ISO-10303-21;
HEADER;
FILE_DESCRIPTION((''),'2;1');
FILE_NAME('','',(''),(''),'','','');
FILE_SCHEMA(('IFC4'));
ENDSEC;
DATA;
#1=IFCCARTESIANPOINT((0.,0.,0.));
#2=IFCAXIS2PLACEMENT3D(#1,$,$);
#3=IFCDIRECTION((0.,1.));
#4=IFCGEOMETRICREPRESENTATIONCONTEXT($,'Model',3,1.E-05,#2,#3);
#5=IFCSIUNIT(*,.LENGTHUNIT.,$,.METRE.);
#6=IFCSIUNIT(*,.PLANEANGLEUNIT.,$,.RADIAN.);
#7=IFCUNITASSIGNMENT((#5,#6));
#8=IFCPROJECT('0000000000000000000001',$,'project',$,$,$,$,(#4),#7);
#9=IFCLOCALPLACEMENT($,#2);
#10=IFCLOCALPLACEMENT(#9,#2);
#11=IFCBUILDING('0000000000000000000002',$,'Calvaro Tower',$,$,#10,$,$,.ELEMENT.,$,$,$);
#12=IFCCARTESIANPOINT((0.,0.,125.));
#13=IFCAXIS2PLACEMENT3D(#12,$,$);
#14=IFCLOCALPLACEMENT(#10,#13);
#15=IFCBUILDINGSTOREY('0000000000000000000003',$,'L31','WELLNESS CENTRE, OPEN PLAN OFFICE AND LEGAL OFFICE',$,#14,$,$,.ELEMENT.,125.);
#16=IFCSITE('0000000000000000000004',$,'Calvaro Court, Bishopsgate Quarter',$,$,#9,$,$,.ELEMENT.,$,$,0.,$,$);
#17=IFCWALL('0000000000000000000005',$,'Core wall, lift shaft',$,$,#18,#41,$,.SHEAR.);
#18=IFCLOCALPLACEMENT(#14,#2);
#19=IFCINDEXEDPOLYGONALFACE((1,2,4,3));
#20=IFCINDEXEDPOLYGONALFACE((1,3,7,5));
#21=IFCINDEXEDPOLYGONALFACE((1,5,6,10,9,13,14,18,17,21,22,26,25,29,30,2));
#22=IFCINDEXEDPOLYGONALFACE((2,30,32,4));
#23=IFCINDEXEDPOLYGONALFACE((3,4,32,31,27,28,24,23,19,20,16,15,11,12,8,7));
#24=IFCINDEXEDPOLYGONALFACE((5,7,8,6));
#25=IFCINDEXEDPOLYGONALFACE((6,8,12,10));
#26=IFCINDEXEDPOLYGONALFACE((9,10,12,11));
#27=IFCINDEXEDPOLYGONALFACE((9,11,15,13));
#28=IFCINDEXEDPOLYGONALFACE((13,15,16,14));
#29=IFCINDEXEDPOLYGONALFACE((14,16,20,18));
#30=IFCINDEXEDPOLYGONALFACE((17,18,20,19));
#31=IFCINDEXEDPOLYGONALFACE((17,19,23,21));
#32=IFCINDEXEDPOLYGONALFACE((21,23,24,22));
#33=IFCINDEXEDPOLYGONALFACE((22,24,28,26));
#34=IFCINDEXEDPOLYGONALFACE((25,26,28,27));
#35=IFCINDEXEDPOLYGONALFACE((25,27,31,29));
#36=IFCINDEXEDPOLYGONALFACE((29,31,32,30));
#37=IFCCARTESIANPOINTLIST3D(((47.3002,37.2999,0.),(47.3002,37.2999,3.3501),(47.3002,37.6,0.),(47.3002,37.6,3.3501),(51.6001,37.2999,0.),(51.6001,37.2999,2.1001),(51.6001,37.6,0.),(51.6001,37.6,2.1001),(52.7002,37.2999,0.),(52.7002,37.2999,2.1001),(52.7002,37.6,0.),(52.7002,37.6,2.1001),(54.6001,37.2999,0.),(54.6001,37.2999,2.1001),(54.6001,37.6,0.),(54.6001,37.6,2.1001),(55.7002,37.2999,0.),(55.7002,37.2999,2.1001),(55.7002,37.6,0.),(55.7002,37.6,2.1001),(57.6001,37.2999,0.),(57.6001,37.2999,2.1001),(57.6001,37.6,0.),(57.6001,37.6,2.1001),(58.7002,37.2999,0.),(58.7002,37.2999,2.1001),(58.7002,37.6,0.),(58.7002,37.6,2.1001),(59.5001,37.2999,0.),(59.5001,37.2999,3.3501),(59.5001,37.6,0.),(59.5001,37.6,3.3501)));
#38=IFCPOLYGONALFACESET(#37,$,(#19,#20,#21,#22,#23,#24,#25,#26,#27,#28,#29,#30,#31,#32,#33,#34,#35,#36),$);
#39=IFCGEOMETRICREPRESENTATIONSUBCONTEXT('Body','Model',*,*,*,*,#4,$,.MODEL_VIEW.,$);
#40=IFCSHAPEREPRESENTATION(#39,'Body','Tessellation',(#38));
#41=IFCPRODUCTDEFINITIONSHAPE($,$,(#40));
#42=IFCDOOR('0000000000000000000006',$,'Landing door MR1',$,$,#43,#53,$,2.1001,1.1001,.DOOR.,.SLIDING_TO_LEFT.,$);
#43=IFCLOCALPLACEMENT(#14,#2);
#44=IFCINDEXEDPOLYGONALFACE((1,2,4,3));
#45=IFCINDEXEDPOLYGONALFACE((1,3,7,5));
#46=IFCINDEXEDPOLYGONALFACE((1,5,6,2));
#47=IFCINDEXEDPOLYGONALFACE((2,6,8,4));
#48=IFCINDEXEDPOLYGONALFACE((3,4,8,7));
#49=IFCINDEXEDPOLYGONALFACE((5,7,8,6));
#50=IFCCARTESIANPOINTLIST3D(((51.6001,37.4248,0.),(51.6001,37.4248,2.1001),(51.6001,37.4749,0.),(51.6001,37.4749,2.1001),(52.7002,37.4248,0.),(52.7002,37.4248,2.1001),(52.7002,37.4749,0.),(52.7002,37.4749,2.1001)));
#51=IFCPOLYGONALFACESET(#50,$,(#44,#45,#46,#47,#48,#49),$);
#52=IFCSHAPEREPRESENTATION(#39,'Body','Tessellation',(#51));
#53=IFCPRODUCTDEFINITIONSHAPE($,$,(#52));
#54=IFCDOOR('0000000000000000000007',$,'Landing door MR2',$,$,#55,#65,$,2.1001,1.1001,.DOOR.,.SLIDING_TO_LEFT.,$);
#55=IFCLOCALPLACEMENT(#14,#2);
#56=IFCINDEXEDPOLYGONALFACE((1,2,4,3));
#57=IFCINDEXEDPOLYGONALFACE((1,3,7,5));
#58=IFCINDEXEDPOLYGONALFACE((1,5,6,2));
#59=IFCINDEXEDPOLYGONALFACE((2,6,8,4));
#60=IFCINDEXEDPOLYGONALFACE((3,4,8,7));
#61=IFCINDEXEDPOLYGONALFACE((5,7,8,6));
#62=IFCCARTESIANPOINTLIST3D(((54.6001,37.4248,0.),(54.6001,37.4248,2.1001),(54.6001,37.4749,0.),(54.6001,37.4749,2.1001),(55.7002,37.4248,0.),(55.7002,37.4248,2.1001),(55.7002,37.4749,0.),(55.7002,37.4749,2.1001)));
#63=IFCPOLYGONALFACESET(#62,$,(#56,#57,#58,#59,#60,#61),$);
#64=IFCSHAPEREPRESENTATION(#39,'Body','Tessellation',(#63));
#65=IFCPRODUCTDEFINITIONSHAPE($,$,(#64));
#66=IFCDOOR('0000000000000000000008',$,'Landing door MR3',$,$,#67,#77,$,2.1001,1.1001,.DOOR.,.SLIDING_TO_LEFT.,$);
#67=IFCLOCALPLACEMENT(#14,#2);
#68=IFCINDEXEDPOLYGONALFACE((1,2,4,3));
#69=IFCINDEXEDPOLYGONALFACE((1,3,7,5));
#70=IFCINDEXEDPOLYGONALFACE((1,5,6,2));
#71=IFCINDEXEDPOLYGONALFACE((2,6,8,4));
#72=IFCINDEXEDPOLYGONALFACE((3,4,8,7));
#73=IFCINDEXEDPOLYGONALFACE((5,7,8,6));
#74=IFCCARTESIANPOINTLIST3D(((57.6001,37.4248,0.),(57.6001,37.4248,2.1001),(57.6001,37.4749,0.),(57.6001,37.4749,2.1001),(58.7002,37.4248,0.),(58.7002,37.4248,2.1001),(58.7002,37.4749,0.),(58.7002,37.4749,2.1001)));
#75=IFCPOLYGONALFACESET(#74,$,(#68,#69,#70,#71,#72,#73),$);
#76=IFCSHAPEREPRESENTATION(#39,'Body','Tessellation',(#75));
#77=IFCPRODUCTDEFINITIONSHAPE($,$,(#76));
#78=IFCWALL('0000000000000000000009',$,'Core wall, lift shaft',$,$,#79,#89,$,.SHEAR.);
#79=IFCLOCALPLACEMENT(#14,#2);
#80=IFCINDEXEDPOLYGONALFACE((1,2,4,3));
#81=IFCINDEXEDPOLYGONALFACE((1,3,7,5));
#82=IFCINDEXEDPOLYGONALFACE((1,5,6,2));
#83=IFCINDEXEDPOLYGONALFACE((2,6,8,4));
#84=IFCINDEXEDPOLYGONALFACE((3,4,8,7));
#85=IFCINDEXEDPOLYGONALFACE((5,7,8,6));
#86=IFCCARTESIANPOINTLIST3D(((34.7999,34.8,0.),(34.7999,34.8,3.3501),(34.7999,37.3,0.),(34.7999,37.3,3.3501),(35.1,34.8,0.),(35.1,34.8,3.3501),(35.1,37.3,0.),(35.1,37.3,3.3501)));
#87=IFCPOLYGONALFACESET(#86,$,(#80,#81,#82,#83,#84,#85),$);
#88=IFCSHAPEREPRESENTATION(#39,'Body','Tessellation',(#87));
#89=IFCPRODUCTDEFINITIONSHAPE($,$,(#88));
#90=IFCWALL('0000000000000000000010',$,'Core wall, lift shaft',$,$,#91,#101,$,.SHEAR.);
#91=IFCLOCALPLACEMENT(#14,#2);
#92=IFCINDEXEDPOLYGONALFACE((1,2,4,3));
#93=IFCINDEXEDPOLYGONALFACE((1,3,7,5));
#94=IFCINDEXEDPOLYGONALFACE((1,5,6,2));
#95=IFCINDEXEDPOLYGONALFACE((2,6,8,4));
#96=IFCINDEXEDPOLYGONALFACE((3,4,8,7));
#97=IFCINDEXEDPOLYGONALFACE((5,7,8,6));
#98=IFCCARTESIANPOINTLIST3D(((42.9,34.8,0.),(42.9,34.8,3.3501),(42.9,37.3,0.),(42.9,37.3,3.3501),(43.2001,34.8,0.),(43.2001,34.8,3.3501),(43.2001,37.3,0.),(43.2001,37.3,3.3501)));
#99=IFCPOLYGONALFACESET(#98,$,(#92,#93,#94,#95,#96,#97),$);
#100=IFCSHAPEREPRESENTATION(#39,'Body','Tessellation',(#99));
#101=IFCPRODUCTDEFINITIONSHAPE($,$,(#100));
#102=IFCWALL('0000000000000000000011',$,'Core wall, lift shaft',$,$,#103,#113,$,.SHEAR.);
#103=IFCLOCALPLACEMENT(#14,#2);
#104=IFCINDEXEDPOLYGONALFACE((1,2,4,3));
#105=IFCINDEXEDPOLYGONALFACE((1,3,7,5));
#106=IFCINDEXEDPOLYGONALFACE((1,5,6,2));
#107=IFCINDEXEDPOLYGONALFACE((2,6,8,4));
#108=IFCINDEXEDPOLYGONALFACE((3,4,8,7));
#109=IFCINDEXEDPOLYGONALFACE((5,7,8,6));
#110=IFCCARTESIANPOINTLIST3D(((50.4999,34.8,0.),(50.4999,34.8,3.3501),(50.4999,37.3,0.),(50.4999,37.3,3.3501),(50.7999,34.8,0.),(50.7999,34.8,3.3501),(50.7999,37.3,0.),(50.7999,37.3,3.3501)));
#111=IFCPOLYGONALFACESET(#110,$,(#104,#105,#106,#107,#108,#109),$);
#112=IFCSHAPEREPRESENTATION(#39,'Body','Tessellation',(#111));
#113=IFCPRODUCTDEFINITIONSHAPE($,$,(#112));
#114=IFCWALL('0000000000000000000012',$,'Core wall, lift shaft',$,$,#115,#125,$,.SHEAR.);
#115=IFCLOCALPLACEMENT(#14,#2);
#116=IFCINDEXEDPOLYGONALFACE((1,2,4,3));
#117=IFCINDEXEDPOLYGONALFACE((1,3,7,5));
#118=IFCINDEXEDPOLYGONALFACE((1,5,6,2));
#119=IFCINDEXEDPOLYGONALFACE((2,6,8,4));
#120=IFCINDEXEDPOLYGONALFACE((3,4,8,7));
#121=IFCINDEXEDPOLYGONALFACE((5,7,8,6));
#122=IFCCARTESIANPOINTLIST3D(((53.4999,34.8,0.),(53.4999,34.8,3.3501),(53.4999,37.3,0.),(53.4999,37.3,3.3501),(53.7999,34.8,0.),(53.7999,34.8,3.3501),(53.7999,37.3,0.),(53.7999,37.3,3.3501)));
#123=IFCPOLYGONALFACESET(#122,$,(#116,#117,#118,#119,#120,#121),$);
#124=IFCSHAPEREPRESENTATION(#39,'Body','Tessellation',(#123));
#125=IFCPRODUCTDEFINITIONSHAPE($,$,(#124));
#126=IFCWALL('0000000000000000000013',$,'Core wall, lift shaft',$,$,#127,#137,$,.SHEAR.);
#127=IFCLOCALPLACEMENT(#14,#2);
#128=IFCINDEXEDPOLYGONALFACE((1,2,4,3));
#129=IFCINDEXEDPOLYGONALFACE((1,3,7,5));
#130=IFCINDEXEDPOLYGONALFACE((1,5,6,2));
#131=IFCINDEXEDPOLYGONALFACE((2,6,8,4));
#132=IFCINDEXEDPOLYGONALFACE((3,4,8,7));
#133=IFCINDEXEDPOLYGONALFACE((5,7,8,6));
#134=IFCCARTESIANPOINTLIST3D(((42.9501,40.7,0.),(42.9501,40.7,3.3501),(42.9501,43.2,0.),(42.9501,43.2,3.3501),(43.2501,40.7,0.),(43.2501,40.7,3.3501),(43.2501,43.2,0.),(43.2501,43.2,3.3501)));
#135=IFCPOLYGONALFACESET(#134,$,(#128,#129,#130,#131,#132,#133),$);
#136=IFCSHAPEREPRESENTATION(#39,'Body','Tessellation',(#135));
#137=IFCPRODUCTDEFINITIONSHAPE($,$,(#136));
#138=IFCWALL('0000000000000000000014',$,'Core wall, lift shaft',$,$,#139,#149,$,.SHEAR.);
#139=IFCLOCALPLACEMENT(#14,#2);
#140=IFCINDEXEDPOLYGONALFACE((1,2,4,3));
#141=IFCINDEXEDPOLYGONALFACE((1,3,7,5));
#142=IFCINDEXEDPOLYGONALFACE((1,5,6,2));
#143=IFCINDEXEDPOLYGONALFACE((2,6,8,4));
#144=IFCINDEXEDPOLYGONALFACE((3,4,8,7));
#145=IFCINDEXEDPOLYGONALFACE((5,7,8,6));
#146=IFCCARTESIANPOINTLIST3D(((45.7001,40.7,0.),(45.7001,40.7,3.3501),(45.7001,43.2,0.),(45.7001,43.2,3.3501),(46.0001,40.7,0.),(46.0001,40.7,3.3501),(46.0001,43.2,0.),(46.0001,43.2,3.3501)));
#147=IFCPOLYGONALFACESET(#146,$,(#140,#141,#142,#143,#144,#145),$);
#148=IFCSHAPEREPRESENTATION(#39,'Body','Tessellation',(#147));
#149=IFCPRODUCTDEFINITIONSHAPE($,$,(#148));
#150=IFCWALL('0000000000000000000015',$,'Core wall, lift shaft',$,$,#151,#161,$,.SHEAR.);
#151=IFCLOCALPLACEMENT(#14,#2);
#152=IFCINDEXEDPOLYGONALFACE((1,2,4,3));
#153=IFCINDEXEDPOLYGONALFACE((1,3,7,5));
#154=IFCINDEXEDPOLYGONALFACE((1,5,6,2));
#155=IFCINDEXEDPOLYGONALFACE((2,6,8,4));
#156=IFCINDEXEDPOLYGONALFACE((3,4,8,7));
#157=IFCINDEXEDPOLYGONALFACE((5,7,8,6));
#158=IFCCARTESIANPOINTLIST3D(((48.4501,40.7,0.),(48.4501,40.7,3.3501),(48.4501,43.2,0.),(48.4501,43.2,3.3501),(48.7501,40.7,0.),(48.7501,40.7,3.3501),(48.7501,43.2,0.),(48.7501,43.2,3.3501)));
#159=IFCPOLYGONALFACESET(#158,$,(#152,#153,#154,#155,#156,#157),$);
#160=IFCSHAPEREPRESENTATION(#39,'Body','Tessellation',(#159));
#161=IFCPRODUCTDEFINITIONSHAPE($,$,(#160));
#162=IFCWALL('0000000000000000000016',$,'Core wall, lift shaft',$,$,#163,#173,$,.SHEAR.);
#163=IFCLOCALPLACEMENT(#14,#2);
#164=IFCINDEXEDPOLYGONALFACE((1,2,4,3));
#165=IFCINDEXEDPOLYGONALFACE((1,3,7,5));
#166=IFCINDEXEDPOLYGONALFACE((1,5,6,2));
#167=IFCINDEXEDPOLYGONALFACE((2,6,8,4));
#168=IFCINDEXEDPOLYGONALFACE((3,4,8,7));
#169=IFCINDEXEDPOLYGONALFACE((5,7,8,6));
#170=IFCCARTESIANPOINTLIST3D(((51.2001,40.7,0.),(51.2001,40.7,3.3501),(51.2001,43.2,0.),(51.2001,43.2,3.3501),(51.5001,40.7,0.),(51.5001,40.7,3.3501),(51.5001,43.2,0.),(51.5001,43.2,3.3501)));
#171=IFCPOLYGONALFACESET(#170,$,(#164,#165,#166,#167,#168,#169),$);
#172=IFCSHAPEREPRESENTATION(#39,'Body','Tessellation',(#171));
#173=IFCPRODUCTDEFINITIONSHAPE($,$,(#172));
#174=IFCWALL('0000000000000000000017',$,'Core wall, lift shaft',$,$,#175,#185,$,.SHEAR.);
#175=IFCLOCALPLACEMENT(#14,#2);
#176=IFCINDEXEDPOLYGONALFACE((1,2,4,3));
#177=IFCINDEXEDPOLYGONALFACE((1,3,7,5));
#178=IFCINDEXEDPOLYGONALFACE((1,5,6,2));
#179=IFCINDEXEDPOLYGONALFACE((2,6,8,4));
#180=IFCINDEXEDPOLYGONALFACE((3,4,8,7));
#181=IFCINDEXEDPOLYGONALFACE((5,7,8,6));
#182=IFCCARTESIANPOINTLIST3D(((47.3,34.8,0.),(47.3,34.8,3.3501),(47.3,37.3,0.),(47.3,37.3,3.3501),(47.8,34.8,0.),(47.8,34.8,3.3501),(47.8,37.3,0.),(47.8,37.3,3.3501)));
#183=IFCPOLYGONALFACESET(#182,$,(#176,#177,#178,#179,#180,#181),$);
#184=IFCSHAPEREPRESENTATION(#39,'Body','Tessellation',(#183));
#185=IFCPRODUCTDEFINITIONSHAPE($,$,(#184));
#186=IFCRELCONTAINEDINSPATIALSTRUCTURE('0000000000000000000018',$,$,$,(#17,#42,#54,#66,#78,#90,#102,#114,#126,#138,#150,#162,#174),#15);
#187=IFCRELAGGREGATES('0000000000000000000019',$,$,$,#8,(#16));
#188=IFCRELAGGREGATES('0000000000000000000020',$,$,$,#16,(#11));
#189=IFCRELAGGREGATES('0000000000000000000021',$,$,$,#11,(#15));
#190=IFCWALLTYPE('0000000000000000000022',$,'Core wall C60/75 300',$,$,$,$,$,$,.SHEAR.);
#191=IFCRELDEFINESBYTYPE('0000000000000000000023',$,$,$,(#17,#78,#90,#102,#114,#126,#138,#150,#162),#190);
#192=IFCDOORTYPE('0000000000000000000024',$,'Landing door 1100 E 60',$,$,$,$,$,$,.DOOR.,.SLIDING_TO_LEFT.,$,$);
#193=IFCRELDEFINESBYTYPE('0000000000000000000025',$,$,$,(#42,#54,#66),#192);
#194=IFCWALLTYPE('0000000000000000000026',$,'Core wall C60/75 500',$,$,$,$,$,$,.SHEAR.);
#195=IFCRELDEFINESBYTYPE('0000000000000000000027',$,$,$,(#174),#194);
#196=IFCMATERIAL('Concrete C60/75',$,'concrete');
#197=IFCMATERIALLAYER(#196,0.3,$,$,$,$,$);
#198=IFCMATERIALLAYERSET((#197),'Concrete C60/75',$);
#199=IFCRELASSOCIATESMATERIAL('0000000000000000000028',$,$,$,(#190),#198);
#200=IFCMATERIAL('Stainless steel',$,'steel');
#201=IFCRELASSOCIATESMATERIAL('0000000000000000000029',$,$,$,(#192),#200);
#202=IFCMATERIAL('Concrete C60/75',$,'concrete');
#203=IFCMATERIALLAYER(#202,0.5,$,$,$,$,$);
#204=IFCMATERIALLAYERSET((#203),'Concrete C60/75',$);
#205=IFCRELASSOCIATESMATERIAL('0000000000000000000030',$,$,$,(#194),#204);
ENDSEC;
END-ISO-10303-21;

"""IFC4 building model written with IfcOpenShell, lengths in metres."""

from ifc_helpers import new_model, si_unit, direction, frame, frame_2d, origin, place, context, subcontext, project, spatial, rectangle, extrude, material, layer, layer_set, type_object, element, fill, save


model = new_model("IFC4")

# Units and contexts
model_context = context("Model", 3, precision=1e-05, world=origin(), true_north=direction((0.0, 1.0)))
body_context = subcontext(model_context, "Body", "Model", "MODEL_VIEW")
ifc_project = project(units=[si_unit("LENGTHUNIT", "METRE"), si_unit("PLANEANGLEUNIT", "RADIAN")], contexts=[model_context])

# Site, building, storey
site_placement = place(None, origin())
site = spatial("IfcSite", under=ifc_project, at=site_placement, Name="Calvaro Court, Bishopsgate Quarter", CompositionType="ELEMENT", RefElevation=0.0)
building_placement = place(site_placement, origin())
building = spatial("IfcBuilding", under=site, at=building_placement, Name="Calvaro Tower", CompositionType="ELEMENT")
storey_placement = place(building_placement, frame((0.0, 0.0, 125.0)))
storey = spatial("IfcBuildingStorey", under=building, at=storey_placement, Name="L31", Description="WELLNESS CENTRE, OPEN PLAN OFFICE AND LEGAL OFFICE", CompositionType="ELEMENT", Elevation=125.0)

# Shared definitions
ifc_material_1 = material(Name="Concrete C60/75", Category="concrete")
ifc_layer_1 = layer(ifc_material_1, 0.3)
ifc_layer_set_1 = layer_set([ifc_layer_1], Name="Concrete C60/75")
wall_type_1 = type_object("IfcWallType", Name="Core wall C60/75 300", PredefinedType="SHEAR", material=ifc_layer_set_1)

# Shared definitions
ifc_material_2 = material(Name="Stainless steel", Category="steel")
door_type_1 = type_object("IfcDoorType", Name="Landing door 1100 E 60", OperationType="SLIDING_TO_LEFT", PredefinedType="DOOR", material=ifc_material_2)

# Wall, openings, doors
wall_1_placement = place(storey_placement, frame((47.3, 37.45, 0.0), z_axis=(0.0, 0.0, 1.0), x_axis=(1.0, 0.0, 0.0)))
wall_1 = element("IfcWall", 1, at=wall_1_placement, inside=storey, type_object=wall_type_1, Name="Core wall, lift shaft", PredefinedType="SHEAR", context=body_context, shape_type="SweptSolid", body=[
    extrude(rectangle(XDim=12.2, YDim=0.3, at=frame_2d((6.1001, 0.0))), origin(), (0.0, 0.0, 1.0), 3.3501),
])
opening_1_placement = place(wall_1_placement, frame((4.3, 0.0, 0.0)))
opening_1 = element("IfcOpeningElement", 2, at=opening_1_placement, cuts=wall_1, PredefinedType="OPENING", context=body_context, shape_type="SweptSolid", body=[
    extrude(rectangle(XDim=1.1001, YDim=2.1001, at=frame_2d((0.55, 1.05))), frame((0.0, 0.1599, 0.0), z_axis=(0.0, -1.0, 0.0), x_axis=(1.0, 0.0, 0.0)), (0.0, 0.0, 1.0), 0.3201),
])
opening_2_placement = place(wall_1_placement, frame((7.3, 0.0, 0.0)))
opening_2 = element("IfcOpeningElement", 3, at=opening_2_placement, cuts=wall_1, PredefinedType="OPENING", context=body_context, shape_type="SweptSolid", body=[
    extrude(rectangle(XDim=1.1001, YDim=2.1001, at=frame_2d((0.55, 1.05))), frame((0.0, 0.1599, 0.0), z_axis=(0.0, -1.0, 0.0), x_axis=(1.0, 0.0, 0.0)), (0.0, 0.0, 1.0), 0.3201),
])
opening_3_placement = place(wall_1_placement, frame((10.3, 0.0, 0.0)))
opening_3 = element("IfcOpeningElement", 4, at=opening_3_placement, cuts=wall_1, PredefinedType="OPENING", context=body_context, shape_type="SweptSolid", body=[
    extrude(rectangle(XDim=1.1001, YDim=2.1001, at=frame_2d((0.55, 1.05))), frame((0.0, 0.1599, 0.0), z_axis=(0.0, -1.0, 0.0), x_axis=(1.0, 0.0, 0.0)), (0.0, 0.0, 1.0), 0.3201),
])
door_1_placement = place(opening_1_placement, origin())
door_1 = element("IfcDoor", 5, at=door_1_placement, inside=storey, type_object=door_type_1, Name="Landing door MR1", OperationType="SLIDING_TO_LEFT", OverallHeight=2.1001, OverallWidth=1.1001, PredefinedType="DOOR", context=body_context, shape_type="SweptSolid", body=[
    extrude(rectangle(XDim=1.1001, YDim=2.1001, at=frame_2d((0.55, 1.05))), frame((0.0, 0.0249, 0.0), z_axis=(0.0, -1.0, 0.0), x_axis=(1.0, 0.0, 0.0)), (0.0, 0.0, 1.0), 0.05),
])
fill(opening_1, door_1)
door_2_placement = place(opening_2_placement, origin())
door_2 = element("IfcDoor", 6, at=door_2_placement, inside=storey, type_object=door_type_1, Name="Landing door MR2", OperationType="SLIDING_TO_LEFT", OverallHeight=2.1001, OverallWidth=1.1001, PredefinedType="DOOR", context=body_context, shape_type="SweptSolid", body=[
    extrude(rectangle(XDim=1.1001, YDim=2.1001, at=frame_2d((0.55, 1.05))), frame((0.0, 0.0249, 0.0), z_axis=(0.0, -1.0, 0.0), x_axis=(1.0, 0.0, 0.0)), (0.0, 0.0, 1.0), 0.05),
])
fill(opening_2, door_2)
door_3_placement = place(opening_3_placement, origin())
door_3 = element("IfcDoor", 7, at=door_3_placement, inside=storey, type_object=door_type_1, Name="Landing door MR3", OperationType="SLIDING_TO_LEFT", OverallHeight=2.1001, OverallWidth=1.1001, PredefinedType="DOOR", context=body_context, shape_type="SweptSolid", body=[
    extrude(rectangle(XDim=1.1001, YDim=2.1001, at=frame_2d((0.55, 1.05))), frame((0.0, 0.0249, 0.0), z_axis=(0.0, -1.0, 0.0), x_axis=(1.0, 0.0, 0.0)), (0.0, 0.0, 1.0), 0.05),
])
fill(opening_3, door_3)

# Walls
for number, where, z_axis, x_axis, name in (
    (8, (34.95, 34.8, 0.0), (0.0, 0.0, 1.0), (0.0, 1.0, 0.0), "Core wall, lift shaft"),
    (9, (43.05, 34.8, 0.0), (0.0, 0.0, 1.0), (0.0, 1.0, 0.0), "Core wall, lift shaft"),
    (10, (50.6499, 34.8, 0.0), (0.0, 0.0, 1.0), (0.0, 1.0, 0.0), "Core wall, lift shaft"),
    (11, (53.6499, 34.8, 0.0), (0.0, 0.0, 1.0), (0.0, 1.0, 0.0), "Core wall, lift shaft"),
    (12, (43.1001, 40.7, 0.0), (0.0, 0.0, 1.0), (0.0, 1.0, 0.0), "Core wall, lift shaft"),
    (13, (45.8501, 40.7, 0.0), (0.0, 0.0, 1.0), (0.0, 1.0, 0.0), "Core wall, lift shaft"),
    (14, (48.6001, 40.7, 0.0), (0.0, 0.0, 1.0), (0.0, 1.0, 0.0), "Core wall, lift shaft"),
    (15, (51.3501, 40.7, 0.0), (0.0, 0.0, 1.0), (0.0, 1.0, 0.0), "Core wall, lift shaft"),
):
    element("IfcWall", number, at=place(storey_placement, frame(where, z_axis=z_axis, x_axis=x_axis)), inside=storey, type_object=wall_type_1, Name=name, PredefinedType="SHEAR", context=body_context, shape_type="SweptSolid", body=[
        extrude(rectangle(XDim=2.5, YDim=0.3, at=frame_2d((1.25, 0.0))), origin(), (0.0, 0.0, 1.0), 3.3501),
    ])
ifc_material_3 = material(Name="Concrete C60/75", Category="concrete")
ifc_layer_2 = layer(ifc_material_3, 0.5)
ifc_layer_set_2 = layer_set([ifc_layer_2], Name="Concrete C60/75")
wall_type_2 = type_object("IfcWallType", Name="Core wall C60/75 500", PredefinedType="SHEAR", material=ifc_layer_set_2)
wall_2_placement = place(storey_placement, frame((47.55, 34.8, 0.0), z_axis=(0.0, 0.0, 1.0), x_axis=(0.0, 1.0, 0.0)))
element("IfcWall", 16, at=wall_2_placement, inside=storey, type_object=wall_type_2, Name="Core wall, lift shaft", PredefinedType="SHEAR", context=body_context, shape_type="SweptSolid", body=[
    extrude(rectangle(XDim=2.5, YDim=0.5, at=frame_2d((1.25, 0.0))), origin(), (0.0, 0.0, 1.0), 3.3501),
])

save(model, "model.ifc")
